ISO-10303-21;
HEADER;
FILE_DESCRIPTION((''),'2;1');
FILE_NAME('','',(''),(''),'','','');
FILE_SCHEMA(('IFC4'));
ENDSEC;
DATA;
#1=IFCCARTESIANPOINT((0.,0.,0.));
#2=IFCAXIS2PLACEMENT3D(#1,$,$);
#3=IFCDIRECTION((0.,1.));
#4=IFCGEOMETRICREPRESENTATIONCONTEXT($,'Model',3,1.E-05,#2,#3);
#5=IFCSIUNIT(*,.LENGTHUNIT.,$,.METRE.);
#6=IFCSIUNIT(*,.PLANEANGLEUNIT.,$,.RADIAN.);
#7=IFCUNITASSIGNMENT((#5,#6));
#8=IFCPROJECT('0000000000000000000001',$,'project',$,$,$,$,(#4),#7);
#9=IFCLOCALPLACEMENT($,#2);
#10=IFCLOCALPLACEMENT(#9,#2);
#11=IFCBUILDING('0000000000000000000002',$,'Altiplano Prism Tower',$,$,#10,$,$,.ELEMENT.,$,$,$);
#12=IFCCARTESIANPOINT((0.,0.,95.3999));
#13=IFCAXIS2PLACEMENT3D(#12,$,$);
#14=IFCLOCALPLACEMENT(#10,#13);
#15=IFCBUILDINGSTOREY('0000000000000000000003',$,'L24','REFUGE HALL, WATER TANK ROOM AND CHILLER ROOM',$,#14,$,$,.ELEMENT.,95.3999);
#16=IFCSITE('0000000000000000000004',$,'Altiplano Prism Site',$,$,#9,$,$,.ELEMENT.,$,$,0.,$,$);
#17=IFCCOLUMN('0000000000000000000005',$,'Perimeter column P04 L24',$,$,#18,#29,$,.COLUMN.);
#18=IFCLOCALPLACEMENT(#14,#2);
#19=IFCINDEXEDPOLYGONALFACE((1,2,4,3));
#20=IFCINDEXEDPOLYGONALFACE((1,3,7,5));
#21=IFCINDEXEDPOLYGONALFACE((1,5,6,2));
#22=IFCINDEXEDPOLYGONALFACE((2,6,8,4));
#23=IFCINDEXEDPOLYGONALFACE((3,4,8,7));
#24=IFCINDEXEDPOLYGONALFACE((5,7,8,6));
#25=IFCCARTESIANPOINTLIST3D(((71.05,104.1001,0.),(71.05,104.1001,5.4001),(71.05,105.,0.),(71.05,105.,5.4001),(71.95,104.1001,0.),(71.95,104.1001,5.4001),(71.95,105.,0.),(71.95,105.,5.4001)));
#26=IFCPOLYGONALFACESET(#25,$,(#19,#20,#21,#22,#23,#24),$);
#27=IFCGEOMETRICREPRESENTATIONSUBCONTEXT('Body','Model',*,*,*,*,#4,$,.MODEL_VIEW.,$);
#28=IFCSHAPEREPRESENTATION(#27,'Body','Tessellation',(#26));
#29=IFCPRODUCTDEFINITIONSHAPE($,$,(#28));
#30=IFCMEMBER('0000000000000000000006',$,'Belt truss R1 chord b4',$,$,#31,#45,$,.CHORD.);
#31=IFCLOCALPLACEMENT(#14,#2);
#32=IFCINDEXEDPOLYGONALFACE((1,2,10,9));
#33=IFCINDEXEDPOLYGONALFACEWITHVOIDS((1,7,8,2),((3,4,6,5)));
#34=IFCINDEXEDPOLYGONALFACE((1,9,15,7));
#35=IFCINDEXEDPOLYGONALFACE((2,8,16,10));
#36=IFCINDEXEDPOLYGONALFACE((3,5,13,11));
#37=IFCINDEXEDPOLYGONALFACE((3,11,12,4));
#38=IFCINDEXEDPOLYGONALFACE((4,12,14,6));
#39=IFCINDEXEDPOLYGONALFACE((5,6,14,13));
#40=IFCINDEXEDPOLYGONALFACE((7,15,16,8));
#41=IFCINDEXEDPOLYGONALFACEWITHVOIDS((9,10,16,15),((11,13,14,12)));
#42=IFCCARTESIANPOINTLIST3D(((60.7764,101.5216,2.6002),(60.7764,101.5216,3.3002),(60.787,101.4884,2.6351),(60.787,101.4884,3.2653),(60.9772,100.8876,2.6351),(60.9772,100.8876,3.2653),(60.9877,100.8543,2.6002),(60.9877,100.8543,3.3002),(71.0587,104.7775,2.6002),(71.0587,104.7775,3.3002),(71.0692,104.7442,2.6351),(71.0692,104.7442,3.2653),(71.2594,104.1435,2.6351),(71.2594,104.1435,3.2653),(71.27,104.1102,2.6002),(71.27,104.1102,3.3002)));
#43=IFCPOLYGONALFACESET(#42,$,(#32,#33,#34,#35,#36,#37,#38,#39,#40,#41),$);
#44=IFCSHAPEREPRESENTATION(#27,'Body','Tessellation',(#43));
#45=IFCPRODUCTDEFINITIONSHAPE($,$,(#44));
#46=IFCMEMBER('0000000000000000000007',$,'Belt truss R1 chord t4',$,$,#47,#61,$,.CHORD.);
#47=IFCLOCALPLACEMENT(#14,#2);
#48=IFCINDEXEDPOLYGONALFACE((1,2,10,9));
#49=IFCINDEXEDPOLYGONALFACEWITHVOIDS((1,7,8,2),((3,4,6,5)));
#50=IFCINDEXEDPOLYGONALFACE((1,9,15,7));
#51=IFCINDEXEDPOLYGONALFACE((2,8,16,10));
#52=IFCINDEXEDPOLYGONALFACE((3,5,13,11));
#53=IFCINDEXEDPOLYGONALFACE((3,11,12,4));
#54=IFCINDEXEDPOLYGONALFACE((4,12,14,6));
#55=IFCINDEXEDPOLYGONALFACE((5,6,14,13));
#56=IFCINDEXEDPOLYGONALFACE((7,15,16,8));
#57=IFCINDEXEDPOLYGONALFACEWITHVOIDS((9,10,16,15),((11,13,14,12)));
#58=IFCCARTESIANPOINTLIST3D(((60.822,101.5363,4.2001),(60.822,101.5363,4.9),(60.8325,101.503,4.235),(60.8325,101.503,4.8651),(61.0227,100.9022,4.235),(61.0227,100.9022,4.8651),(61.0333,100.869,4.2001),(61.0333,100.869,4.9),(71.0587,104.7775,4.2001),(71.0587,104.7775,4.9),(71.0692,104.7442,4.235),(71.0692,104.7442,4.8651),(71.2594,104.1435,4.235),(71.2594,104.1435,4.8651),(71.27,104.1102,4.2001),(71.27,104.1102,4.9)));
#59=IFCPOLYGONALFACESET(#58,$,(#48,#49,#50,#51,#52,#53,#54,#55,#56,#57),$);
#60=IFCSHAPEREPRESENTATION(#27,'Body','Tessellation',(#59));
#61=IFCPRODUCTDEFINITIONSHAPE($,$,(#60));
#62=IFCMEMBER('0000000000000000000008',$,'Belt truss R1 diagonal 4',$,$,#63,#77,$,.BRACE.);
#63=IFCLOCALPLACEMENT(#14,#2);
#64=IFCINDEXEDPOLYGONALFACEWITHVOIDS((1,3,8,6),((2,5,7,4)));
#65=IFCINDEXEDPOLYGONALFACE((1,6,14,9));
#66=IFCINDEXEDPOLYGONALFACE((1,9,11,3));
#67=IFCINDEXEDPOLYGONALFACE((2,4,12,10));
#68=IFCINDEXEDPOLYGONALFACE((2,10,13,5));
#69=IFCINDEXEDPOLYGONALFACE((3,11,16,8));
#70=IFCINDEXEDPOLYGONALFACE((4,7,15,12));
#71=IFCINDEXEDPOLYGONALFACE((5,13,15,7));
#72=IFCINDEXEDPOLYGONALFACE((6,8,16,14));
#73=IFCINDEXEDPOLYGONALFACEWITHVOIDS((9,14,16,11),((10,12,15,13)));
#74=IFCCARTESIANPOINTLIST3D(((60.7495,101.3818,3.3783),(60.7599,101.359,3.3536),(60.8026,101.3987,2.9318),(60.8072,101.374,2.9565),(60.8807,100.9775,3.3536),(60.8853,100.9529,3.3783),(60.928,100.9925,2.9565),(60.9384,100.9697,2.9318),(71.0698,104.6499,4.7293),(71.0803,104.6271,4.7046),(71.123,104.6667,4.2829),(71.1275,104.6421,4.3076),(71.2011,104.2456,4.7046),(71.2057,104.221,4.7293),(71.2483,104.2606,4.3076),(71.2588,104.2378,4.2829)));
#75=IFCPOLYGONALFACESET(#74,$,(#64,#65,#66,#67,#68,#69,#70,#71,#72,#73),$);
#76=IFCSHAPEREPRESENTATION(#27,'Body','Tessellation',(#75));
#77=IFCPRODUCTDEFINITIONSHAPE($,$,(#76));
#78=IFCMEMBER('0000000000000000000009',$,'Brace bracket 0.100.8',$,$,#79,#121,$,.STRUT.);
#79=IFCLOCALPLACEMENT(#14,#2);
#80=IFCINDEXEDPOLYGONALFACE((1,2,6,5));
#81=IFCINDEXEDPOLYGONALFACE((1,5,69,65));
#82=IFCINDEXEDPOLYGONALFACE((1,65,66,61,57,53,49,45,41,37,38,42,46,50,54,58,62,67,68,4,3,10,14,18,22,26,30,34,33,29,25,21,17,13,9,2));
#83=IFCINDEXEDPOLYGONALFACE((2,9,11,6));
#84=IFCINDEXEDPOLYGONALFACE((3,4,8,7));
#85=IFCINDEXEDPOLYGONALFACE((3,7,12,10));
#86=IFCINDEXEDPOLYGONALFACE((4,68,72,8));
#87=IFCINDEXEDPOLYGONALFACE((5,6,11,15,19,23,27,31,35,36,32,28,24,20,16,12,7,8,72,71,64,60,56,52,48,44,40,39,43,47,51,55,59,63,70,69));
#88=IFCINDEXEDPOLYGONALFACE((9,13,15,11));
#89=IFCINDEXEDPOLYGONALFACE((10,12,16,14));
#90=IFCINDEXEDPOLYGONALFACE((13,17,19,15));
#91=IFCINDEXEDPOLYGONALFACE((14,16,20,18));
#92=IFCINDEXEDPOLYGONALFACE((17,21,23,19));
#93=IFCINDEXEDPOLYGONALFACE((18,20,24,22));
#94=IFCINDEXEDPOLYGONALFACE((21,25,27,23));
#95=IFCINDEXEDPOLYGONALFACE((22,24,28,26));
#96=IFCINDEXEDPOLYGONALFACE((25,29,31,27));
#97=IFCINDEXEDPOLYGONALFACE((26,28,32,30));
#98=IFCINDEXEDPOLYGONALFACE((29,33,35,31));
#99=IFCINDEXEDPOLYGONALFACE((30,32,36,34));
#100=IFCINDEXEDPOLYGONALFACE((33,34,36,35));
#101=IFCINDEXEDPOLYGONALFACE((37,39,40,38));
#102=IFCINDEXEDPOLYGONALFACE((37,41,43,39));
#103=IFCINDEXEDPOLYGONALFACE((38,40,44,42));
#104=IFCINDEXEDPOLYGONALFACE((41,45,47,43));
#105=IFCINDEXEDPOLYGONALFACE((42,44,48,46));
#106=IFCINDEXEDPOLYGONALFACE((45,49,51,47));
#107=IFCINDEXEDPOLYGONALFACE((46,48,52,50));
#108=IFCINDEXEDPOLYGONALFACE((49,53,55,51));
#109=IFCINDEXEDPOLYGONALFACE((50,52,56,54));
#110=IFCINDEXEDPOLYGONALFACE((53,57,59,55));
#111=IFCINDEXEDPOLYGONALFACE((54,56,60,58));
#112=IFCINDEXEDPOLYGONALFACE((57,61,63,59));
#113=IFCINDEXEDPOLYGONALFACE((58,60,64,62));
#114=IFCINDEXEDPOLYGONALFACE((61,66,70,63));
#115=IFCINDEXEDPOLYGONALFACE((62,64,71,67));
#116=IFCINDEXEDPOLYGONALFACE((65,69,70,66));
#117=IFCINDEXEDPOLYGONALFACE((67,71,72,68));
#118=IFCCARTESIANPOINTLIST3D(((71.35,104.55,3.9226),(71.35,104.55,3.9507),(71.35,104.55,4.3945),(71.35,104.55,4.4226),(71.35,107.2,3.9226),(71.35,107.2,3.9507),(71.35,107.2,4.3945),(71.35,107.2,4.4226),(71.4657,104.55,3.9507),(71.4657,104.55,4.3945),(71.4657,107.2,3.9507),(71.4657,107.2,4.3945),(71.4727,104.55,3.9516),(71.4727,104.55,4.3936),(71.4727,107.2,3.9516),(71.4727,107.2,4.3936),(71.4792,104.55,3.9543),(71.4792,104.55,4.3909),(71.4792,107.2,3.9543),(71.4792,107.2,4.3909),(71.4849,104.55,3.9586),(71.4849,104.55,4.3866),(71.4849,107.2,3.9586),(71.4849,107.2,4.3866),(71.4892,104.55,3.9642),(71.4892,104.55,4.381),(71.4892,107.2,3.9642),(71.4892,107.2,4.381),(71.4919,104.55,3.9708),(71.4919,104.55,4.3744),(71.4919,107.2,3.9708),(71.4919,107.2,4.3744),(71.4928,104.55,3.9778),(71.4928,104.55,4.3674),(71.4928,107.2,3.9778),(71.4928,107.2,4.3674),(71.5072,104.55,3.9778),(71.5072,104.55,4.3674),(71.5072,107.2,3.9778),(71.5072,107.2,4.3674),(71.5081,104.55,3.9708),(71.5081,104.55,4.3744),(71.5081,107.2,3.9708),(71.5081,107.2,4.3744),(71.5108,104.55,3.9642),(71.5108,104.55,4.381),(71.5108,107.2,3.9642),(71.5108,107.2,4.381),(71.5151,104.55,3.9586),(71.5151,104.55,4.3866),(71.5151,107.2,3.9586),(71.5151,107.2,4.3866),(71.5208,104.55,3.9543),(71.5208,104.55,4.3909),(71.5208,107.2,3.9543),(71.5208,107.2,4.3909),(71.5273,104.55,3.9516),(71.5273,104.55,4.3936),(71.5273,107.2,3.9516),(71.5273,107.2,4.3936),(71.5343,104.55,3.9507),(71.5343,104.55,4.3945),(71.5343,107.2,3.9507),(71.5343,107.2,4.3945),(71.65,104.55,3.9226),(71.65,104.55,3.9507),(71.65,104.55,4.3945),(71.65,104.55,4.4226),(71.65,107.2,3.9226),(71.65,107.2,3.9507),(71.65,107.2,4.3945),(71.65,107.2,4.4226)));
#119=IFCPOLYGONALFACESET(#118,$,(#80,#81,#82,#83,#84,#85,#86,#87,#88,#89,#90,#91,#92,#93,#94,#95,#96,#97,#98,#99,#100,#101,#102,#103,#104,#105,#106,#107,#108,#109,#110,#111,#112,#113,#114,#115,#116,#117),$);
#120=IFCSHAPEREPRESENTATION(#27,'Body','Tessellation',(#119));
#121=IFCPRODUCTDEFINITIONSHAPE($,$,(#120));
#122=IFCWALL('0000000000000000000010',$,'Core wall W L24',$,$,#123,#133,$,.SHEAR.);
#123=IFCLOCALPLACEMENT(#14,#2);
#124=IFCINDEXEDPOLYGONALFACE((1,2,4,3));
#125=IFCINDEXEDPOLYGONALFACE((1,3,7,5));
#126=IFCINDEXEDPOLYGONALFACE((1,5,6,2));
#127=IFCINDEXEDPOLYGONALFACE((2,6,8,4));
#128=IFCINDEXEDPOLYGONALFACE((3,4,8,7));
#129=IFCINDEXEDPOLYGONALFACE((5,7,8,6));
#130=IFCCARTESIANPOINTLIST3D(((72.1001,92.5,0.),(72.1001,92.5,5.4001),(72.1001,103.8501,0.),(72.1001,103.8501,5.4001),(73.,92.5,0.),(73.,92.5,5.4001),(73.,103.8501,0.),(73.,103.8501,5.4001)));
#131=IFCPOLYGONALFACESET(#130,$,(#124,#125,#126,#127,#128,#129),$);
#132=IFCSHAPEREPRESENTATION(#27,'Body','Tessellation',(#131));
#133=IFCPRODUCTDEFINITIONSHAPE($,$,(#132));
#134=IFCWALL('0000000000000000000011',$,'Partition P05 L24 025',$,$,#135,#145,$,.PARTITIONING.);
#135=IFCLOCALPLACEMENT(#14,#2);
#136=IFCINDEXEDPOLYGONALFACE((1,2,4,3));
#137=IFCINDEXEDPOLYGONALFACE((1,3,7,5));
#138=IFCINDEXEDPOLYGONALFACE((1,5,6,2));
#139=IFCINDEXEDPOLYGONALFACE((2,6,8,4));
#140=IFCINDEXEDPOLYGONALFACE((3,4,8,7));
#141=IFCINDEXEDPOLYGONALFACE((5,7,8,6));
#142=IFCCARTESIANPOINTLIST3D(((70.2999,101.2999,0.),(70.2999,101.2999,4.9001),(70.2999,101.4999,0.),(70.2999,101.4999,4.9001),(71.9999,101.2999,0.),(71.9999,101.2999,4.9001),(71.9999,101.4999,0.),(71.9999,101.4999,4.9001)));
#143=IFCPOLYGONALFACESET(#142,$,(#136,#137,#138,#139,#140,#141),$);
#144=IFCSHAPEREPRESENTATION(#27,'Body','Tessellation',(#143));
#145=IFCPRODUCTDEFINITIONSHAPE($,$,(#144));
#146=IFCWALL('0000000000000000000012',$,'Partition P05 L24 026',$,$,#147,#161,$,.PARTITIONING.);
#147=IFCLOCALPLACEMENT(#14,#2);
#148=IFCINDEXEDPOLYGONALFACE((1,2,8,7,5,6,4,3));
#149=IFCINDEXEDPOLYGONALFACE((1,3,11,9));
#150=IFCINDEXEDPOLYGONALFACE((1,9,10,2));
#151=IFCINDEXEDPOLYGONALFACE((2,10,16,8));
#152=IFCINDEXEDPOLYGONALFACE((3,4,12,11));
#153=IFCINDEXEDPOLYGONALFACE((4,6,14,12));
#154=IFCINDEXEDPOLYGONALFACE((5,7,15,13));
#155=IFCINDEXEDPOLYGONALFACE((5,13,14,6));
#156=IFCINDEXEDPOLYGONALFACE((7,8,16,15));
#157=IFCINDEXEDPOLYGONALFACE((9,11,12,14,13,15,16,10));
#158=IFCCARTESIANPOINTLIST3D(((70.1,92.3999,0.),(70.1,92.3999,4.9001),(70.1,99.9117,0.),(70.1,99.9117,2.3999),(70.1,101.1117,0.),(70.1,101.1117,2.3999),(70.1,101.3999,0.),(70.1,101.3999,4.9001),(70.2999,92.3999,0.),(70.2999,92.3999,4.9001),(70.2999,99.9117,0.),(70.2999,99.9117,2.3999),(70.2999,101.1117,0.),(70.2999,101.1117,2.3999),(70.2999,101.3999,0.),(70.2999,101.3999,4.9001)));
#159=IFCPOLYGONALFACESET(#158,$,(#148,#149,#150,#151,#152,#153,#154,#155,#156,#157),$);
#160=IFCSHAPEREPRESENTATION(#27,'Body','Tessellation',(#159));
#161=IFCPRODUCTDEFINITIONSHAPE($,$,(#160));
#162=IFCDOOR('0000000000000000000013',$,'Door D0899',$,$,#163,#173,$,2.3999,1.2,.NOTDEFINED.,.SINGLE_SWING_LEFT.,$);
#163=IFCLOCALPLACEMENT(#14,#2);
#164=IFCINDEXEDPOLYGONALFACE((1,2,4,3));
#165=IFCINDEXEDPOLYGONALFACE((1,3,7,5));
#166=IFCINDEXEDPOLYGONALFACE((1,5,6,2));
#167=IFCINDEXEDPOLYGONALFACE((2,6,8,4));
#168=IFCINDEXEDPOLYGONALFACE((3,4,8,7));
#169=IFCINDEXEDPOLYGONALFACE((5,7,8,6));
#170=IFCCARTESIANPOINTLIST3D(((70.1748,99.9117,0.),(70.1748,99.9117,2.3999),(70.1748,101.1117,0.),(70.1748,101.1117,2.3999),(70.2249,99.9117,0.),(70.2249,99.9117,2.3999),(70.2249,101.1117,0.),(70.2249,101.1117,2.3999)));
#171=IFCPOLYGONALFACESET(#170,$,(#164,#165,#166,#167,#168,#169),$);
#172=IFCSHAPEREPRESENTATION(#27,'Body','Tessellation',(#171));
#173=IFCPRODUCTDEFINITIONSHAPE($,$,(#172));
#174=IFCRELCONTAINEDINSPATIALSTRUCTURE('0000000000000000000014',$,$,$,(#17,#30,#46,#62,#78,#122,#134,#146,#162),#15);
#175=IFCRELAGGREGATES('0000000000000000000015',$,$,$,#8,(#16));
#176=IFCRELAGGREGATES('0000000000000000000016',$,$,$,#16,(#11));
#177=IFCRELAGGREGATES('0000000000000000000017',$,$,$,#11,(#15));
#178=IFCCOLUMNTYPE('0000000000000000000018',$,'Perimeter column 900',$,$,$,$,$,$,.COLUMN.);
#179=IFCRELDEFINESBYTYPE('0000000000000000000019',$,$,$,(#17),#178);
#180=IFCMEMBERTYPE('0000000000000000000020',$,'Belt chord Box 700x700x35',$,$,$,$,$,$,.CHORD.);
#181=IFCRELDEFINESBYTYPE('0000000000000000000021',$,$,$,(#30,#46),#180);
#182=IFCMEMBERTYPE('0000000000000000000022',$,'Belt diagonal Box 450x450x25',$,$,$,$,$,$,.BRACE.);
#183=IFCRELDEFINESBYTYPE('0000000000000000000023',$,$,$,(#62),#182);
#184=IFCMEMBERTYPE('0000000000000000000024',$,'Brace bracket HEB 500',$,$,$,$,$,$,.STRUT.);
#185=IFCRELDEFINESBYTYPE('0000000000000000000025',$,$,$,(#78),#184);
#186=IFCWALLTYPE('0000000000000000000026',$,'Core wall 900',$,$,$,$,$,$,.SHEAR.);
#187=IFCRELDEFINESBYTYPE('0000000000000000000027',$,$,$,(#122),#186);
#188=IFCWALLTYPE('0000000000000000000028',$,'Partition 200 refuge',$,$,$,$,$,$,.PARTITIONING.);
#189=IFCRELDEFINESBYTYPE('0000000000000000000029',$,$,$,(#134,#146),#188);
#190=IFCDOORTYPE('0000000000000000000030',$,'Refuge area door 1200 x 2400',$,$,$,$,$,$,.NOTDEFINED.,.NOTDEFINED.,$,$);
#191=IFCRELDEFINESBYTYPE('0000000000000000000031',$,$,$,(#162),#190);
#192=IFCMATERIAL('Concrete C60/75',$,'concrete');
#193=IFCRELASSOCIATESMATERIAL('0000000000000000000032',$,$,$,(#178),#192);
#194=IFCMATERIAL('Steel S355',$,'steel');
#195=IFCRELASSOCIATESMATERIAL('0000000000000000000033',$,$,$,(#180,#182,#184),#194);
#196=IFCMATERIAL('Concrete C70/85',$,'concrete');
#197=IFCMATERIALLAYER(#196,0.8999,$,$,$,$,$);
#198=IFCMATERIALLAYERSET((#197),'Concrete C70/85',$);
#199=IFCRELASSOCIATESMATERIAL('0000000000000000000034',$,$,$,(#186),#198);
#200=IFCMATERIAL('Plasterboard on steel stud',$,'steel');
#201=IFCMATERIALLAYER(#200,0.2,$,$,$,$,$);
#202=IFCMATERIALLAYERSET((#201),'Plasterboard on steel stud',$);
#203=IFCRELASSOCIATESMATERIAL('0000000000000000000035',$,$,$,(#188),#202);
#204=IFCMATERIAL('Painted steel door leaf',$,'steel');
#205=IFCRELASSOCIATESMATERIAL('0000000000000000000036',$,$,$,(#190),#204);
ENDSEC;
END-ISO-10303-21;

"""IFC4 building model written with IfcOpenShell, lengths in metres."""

from ifc_helpers import new_model, si_unit, direction, frame, frame_2d, origin, origin_2d, place, context, subcontext, project, spatial, rectangle, hollow_rectangle, i_section, extrude, material, layer, layer_set, material_profile, profile_set, type_object, element, fill, save


model = new_model("IFC4")

# Units and contexts
model_context = context("Model", 3, precision=1e-05, world=origin(), true_north=direction((0.0, 1.0)))
body_context = subcontext(model_context, "Body", "Model", "MODEL_VIEW")
ifc_project = project(units=[si_unit("LENGTHUNIT", "METRE"), si_unit("PLANEANGLEUNIT", "RADIAN")], contexts=[model_context])

# Site, building, storey
site_placement = place(None, origin())
site = spatial("IfcSite", under=ifc_project, at=site_placement, Name="Altiplano Prism Site", CompositionType="ELEMENT", RefElevation=0.0)
building_placement = place(site_placement, origin())
building = spatial("IfcBuilding", under=site, at=building_placement, Name="Altiplano Prism Tower", CompositionType="ELEMENT")
storey_placement = place(building_placement, frame((0.0, 0.0, 95.3999)))
storey = spatial("IfcBuildingStorey", under=building, at=storey_placement, Name="L24", Description="REFUGE HALL, WATER TANK ROOM AND CHILLER ROOM", CompositionType="ELEMENT", Elevation=95.3999)

# Column
ifc_material_1 = material(Name="Concrete C60/75", Category="concrete")
ifc_material_profile_1 = material_profile(ifc_material_1, rectangle(XDim=0.8999, YDim=0.8999, at=origin_2d()), Name="Perimeter column 900")
ifc_profile_set_1 = profile_set([ifc_material_profile_1], Name="Concrete C60/75")
column_type = type_object("IfcColumnType", Name="Perimeter column 900", PredefinedType="COLUMN", material=ifc_profile_set_1)
column_placement = place(storey_placement, frame((71.5, 104.55, 0.0), z_axis=(0.0, 0.0, 1.0), x_axis=(1.0, 0.0, 0.0)))
element("IfcColumn", 1, at=column_placement, inside=storey, type_object=column_type, Name="Perimeter column P04 L24", PredefinedType="COLUMN", context=body_context, shape_type="SweptSolid", body=[
    extrude(rectangle(XDim=0.8999, YDim=0.8999, at=origin_2d()), origin(), (0.0, 0.0, 1.0), 5.4001),
])

# Members
ifc_material_2 = material(Name="Steel S355", Category="steel")
ifc_material_profile_2 = material_profile(ifc_material_2, hollow_rectangle(XDim=0.7, YDim=0.7, WallThickness=0.0349, at=origin_2d()), Name="Belt chord Box 700x700x35")
ifc_profile_set_2 = profile_set([ifc_material_profile_2], Name="Steel S355")
member_type_1 = type_object("IfcMemberType", Name="Belt chord Box 700x700x35", PredefinedType="CHORD", material=ifc_profile_set_2)
member_1_placement = place(storey_placement, frame((71.1643, 104.4438, 2.9502), z_axis=(-0.953347, -0.301877, 0.0), x_axis=(0.301877, -0.953347, 0.0)))
element("IfcMember", 2, at=member_1_placement, inside=storey, type_object=member_type_1, Name="Belt truss R1 chord b4", PredefinedType="CHORD", context=body_context, shape_type="SweptSolid", body=[
    extrude(hollow_rectangle(XDim=0.7, YDim=0.7, WallThickness=0.0349, at=origin_2d()), origin(), (0.0, 0.0, 1.0), 10.7854),
])
member_2_placement = place(storey_placement, frame((71.1643, 104.4438, 4.55), z_axis=(-0.953352, -0.30186, 0.0), x_axis=(0.30186, -0.953352, 0.0)))
element("IfcMember", 3, at=member_2_placement, inside=storey, type_object=member_type_1, Name="Belt truss R1 chord t4", PredefinedType="CHORD", context=body_context, shape_type="SweptSolid", body=[
    extrude(hollow_rectangle(XDim=0.7, YDim=0.7, WallThickness=0.0349, at=origin_2d()), origin(), (0.0, 0.0, 1.0), 10.7375),
])
ifc_material_profile_3 = material_profile(ifc_material_2, hollow_rectangle(XDim=0.45, YDim=0.45, WallThickness=0.0249, at=origin_2d()), Name="Belt diagonal Box 450x450x25")
ifc_profile_set_3 = profile_set([ifc_material_profile_3], Name="Steel S355")
member_type_2 = type_object("IfcMemberType", Name="Belt diagonal Box 450x450x25", PredefinedType="BRACE", material=ifc_profile_set_3)
member_3_placement = place(storey_placement, frame((71.1643, 104.4438, 4.5061), z_axis=(-0.946004, -0.299565, -0.123845), x_axis=(0.301889, -0.953343, 0.0)))
element("IfcMember", 4, at=member_3_placement, inside=storey, type_object=member_type_2, Name="Belt truss R1 diagonal 4", PredefinedType="BRACE", context=body_context, shape_type="SweptSolid", body=[
    extrude(hollow_rectangle(XDim=0.45, YDim=0.45, WallThickness=0.0249, at=origin_2d()), origin(), (0.0, 0.0, 1.0), 10.9094),
])
ifc_material_profile_4 = material_profile(ifc_material_2, i_section(OverallWidth=0.3, OverallDepth=0.5, WebThickness=0.0144, FlangeThickness=0.0281, FilletRadius=0.0271, at=origin_2d()), Name="Brace bracket HEB 500")
ifc_profile_set_4 = profile_set([ifc_material_profile_4], Name="Steel S355")
member_type_3 = type_object("IfcMemberType", Name="Brace bracket HEB 500", PredefinedType="STRUT", material=ifc_profile_set_4)
member_4_placement = place(storey_placement, frame((71.5, 104.55, 4.1726), z_axis=(0.0, 1.0, 0.0), x_axis=(-1.0, 0.0, 0.0)))
element("IfcMember", 5, at=member_4_placement, inside=storey, type_object=member_type_3, Name="Brace bracket 0.100.8", PredefinedType="STRUT", context=body_context, shape_type="SweptSolid", body=[
    extrude(i_section(OverallWidth=0.3, OverallDepth=0.5, WebThickness=0.0144, FlangeThickness=0.0281, FilletRadius=0.0271, at=origin_2d()), origin(), (0.0, 0.0, 1.0), 2.6499),
])

# Walls
ifc_material_3 = material(Name="Concrete C70/85", Category="concrete")
ifc_layer_1 = layer(ifc_material_3, 0.8999)
ifc_layer_set_1 = layer_set([ifc_layer_1], Name="Concrete C70/85")
wall_type_1 = type_object("IfcWallType", Name="Core wall 900", PredefinedType="SHEAR", material=ifc_layer_set_1)
wall_1_placement = place(storey_placement, frame((72.55, 103.8501, 0.0), z_axis=(0.0, 0.0, 1.0), x_axis=(0.0, -1.0, 0.0)))
element("IfcWall", 6, at=wall_1_placement, inside=storey, type_object=wall_type_1, Name="Core wall W L24", PredefinedType="SHEAR", context=body_context, shape_type="SweptSolid", body=[
    extrude(rectangle(XDim=11.3501, YDim=0.8999, at=frame_2d((5.675, 0.0))), origin(), (0.0, 0.0, 1.0), 5.4001),
])
ifc_material_4 = material(Name="Plasterboard on steel stud", Category="steel")
ifc_layer_2 = layer(ifc_material_4, 0.2)
ifc_layer_set_2 = layer_set([ifc_layer_2], Name="Plasterboard on steel stud")
wall_type_2 = type_object("IfcWallType", Name="Partition 200 refuge", PredefinedType="PARTITIONING", material=ifc_layer_set_2)
wall_2_placement = place(storey_placement, frame((72.0, 101.3999, 0.0), z_axis=(0.0, 0.0, 1.0), x_axis=(-1.0, 0.0, 0.0)))
element("IfcWall", 7, at=wall_2_placement, inside=storey, type_object=wall_type_2, Name="Partition P05 L24 025", PredefinedType="PARTITIONING", context=body_context, shape_type="SweptSolid", body=[
    extrude(rectangle(XDim=1.7, YDim=0.2, at=frame_2d((0.8501, 0.0))), origin(), (0.0, 0.0, 1.0), 4.9001),
])

# Wall, opening, door
wall_3_placement = place(storey_placement, frame((70.2, 101.3999, 0.0), z_axis=(0.0, 0.0, 1.0), x_axis=(0.0, -1.0, 0.0)))
wall_3 = element("IfcWall", 8, at=wall_3_placement, inside=storey, type_object=wall_type_2, Name="Partition P05 L24 026", PredefinedType="PARTITIONING", context=body_context, shape_type="SweptSolid", body=[
    extrude(rectangle(XDim=9.0, YDim=0.2, at=frame_2d((4.5, 0.0))), origin(), (0.0, 0.0, 1.0), 4.9001),
])
opening_placement = place(wall_3_placement, frame((0.2881, 0.0, 0.0)))
opening = element("IfcOpeningElement", 9, at=opening_placement, cuts=wall_3, PredefinedType="OPENING", context=body_context, shape_type="SweptSolid", body=[
    extrude(rectangle(XDim=1.2, YDim=2.3999, at=frame_2d((0.6001, 1.2))), frame((0.0, 0.1104, 0.0), z_axis=(0.0, -1.0, 0.0), x_axis=(1.0, 0.0, 0.0)), (0.0, 0.0, 1.0), 0.2209),
])
ifc_material_5 = material(Name="Painted steel door leaf", Category="steel")
door_type = type_object("IfcDoorType", Name="Refuge area door 1200 x 2400", OperationType="NOTDEFINED", PredefinedType="NOTDEFINED", material=ifc_material_5)
door_placement = place(opening_placement, origin())
door = element("IfcDoor", 10, at=door_placement, inside=storey, type_object=door_type, Name="Door D0899", OperationType="SINGLE_SWING_LEFT", OverallHeight=2.3999, OverallWidth=1.2, PredefinedType="NOTDEFINED", context=body_context, shape_type="SweptSolid", body=[
    extrude(rectangle(XDim=1.2, YDim=2.3999, at=frame_2d((0.6001, 1.2))), frame((0.0, 0.0249, 0.0), z_axis=(0.0, -1.0, 0.0), x_axis=(1.0, 0.0, 0.0)), (0.0, 0.0, 1.0), 0.05),
])
fill(opening, door)

save(model, "model.ifc")
